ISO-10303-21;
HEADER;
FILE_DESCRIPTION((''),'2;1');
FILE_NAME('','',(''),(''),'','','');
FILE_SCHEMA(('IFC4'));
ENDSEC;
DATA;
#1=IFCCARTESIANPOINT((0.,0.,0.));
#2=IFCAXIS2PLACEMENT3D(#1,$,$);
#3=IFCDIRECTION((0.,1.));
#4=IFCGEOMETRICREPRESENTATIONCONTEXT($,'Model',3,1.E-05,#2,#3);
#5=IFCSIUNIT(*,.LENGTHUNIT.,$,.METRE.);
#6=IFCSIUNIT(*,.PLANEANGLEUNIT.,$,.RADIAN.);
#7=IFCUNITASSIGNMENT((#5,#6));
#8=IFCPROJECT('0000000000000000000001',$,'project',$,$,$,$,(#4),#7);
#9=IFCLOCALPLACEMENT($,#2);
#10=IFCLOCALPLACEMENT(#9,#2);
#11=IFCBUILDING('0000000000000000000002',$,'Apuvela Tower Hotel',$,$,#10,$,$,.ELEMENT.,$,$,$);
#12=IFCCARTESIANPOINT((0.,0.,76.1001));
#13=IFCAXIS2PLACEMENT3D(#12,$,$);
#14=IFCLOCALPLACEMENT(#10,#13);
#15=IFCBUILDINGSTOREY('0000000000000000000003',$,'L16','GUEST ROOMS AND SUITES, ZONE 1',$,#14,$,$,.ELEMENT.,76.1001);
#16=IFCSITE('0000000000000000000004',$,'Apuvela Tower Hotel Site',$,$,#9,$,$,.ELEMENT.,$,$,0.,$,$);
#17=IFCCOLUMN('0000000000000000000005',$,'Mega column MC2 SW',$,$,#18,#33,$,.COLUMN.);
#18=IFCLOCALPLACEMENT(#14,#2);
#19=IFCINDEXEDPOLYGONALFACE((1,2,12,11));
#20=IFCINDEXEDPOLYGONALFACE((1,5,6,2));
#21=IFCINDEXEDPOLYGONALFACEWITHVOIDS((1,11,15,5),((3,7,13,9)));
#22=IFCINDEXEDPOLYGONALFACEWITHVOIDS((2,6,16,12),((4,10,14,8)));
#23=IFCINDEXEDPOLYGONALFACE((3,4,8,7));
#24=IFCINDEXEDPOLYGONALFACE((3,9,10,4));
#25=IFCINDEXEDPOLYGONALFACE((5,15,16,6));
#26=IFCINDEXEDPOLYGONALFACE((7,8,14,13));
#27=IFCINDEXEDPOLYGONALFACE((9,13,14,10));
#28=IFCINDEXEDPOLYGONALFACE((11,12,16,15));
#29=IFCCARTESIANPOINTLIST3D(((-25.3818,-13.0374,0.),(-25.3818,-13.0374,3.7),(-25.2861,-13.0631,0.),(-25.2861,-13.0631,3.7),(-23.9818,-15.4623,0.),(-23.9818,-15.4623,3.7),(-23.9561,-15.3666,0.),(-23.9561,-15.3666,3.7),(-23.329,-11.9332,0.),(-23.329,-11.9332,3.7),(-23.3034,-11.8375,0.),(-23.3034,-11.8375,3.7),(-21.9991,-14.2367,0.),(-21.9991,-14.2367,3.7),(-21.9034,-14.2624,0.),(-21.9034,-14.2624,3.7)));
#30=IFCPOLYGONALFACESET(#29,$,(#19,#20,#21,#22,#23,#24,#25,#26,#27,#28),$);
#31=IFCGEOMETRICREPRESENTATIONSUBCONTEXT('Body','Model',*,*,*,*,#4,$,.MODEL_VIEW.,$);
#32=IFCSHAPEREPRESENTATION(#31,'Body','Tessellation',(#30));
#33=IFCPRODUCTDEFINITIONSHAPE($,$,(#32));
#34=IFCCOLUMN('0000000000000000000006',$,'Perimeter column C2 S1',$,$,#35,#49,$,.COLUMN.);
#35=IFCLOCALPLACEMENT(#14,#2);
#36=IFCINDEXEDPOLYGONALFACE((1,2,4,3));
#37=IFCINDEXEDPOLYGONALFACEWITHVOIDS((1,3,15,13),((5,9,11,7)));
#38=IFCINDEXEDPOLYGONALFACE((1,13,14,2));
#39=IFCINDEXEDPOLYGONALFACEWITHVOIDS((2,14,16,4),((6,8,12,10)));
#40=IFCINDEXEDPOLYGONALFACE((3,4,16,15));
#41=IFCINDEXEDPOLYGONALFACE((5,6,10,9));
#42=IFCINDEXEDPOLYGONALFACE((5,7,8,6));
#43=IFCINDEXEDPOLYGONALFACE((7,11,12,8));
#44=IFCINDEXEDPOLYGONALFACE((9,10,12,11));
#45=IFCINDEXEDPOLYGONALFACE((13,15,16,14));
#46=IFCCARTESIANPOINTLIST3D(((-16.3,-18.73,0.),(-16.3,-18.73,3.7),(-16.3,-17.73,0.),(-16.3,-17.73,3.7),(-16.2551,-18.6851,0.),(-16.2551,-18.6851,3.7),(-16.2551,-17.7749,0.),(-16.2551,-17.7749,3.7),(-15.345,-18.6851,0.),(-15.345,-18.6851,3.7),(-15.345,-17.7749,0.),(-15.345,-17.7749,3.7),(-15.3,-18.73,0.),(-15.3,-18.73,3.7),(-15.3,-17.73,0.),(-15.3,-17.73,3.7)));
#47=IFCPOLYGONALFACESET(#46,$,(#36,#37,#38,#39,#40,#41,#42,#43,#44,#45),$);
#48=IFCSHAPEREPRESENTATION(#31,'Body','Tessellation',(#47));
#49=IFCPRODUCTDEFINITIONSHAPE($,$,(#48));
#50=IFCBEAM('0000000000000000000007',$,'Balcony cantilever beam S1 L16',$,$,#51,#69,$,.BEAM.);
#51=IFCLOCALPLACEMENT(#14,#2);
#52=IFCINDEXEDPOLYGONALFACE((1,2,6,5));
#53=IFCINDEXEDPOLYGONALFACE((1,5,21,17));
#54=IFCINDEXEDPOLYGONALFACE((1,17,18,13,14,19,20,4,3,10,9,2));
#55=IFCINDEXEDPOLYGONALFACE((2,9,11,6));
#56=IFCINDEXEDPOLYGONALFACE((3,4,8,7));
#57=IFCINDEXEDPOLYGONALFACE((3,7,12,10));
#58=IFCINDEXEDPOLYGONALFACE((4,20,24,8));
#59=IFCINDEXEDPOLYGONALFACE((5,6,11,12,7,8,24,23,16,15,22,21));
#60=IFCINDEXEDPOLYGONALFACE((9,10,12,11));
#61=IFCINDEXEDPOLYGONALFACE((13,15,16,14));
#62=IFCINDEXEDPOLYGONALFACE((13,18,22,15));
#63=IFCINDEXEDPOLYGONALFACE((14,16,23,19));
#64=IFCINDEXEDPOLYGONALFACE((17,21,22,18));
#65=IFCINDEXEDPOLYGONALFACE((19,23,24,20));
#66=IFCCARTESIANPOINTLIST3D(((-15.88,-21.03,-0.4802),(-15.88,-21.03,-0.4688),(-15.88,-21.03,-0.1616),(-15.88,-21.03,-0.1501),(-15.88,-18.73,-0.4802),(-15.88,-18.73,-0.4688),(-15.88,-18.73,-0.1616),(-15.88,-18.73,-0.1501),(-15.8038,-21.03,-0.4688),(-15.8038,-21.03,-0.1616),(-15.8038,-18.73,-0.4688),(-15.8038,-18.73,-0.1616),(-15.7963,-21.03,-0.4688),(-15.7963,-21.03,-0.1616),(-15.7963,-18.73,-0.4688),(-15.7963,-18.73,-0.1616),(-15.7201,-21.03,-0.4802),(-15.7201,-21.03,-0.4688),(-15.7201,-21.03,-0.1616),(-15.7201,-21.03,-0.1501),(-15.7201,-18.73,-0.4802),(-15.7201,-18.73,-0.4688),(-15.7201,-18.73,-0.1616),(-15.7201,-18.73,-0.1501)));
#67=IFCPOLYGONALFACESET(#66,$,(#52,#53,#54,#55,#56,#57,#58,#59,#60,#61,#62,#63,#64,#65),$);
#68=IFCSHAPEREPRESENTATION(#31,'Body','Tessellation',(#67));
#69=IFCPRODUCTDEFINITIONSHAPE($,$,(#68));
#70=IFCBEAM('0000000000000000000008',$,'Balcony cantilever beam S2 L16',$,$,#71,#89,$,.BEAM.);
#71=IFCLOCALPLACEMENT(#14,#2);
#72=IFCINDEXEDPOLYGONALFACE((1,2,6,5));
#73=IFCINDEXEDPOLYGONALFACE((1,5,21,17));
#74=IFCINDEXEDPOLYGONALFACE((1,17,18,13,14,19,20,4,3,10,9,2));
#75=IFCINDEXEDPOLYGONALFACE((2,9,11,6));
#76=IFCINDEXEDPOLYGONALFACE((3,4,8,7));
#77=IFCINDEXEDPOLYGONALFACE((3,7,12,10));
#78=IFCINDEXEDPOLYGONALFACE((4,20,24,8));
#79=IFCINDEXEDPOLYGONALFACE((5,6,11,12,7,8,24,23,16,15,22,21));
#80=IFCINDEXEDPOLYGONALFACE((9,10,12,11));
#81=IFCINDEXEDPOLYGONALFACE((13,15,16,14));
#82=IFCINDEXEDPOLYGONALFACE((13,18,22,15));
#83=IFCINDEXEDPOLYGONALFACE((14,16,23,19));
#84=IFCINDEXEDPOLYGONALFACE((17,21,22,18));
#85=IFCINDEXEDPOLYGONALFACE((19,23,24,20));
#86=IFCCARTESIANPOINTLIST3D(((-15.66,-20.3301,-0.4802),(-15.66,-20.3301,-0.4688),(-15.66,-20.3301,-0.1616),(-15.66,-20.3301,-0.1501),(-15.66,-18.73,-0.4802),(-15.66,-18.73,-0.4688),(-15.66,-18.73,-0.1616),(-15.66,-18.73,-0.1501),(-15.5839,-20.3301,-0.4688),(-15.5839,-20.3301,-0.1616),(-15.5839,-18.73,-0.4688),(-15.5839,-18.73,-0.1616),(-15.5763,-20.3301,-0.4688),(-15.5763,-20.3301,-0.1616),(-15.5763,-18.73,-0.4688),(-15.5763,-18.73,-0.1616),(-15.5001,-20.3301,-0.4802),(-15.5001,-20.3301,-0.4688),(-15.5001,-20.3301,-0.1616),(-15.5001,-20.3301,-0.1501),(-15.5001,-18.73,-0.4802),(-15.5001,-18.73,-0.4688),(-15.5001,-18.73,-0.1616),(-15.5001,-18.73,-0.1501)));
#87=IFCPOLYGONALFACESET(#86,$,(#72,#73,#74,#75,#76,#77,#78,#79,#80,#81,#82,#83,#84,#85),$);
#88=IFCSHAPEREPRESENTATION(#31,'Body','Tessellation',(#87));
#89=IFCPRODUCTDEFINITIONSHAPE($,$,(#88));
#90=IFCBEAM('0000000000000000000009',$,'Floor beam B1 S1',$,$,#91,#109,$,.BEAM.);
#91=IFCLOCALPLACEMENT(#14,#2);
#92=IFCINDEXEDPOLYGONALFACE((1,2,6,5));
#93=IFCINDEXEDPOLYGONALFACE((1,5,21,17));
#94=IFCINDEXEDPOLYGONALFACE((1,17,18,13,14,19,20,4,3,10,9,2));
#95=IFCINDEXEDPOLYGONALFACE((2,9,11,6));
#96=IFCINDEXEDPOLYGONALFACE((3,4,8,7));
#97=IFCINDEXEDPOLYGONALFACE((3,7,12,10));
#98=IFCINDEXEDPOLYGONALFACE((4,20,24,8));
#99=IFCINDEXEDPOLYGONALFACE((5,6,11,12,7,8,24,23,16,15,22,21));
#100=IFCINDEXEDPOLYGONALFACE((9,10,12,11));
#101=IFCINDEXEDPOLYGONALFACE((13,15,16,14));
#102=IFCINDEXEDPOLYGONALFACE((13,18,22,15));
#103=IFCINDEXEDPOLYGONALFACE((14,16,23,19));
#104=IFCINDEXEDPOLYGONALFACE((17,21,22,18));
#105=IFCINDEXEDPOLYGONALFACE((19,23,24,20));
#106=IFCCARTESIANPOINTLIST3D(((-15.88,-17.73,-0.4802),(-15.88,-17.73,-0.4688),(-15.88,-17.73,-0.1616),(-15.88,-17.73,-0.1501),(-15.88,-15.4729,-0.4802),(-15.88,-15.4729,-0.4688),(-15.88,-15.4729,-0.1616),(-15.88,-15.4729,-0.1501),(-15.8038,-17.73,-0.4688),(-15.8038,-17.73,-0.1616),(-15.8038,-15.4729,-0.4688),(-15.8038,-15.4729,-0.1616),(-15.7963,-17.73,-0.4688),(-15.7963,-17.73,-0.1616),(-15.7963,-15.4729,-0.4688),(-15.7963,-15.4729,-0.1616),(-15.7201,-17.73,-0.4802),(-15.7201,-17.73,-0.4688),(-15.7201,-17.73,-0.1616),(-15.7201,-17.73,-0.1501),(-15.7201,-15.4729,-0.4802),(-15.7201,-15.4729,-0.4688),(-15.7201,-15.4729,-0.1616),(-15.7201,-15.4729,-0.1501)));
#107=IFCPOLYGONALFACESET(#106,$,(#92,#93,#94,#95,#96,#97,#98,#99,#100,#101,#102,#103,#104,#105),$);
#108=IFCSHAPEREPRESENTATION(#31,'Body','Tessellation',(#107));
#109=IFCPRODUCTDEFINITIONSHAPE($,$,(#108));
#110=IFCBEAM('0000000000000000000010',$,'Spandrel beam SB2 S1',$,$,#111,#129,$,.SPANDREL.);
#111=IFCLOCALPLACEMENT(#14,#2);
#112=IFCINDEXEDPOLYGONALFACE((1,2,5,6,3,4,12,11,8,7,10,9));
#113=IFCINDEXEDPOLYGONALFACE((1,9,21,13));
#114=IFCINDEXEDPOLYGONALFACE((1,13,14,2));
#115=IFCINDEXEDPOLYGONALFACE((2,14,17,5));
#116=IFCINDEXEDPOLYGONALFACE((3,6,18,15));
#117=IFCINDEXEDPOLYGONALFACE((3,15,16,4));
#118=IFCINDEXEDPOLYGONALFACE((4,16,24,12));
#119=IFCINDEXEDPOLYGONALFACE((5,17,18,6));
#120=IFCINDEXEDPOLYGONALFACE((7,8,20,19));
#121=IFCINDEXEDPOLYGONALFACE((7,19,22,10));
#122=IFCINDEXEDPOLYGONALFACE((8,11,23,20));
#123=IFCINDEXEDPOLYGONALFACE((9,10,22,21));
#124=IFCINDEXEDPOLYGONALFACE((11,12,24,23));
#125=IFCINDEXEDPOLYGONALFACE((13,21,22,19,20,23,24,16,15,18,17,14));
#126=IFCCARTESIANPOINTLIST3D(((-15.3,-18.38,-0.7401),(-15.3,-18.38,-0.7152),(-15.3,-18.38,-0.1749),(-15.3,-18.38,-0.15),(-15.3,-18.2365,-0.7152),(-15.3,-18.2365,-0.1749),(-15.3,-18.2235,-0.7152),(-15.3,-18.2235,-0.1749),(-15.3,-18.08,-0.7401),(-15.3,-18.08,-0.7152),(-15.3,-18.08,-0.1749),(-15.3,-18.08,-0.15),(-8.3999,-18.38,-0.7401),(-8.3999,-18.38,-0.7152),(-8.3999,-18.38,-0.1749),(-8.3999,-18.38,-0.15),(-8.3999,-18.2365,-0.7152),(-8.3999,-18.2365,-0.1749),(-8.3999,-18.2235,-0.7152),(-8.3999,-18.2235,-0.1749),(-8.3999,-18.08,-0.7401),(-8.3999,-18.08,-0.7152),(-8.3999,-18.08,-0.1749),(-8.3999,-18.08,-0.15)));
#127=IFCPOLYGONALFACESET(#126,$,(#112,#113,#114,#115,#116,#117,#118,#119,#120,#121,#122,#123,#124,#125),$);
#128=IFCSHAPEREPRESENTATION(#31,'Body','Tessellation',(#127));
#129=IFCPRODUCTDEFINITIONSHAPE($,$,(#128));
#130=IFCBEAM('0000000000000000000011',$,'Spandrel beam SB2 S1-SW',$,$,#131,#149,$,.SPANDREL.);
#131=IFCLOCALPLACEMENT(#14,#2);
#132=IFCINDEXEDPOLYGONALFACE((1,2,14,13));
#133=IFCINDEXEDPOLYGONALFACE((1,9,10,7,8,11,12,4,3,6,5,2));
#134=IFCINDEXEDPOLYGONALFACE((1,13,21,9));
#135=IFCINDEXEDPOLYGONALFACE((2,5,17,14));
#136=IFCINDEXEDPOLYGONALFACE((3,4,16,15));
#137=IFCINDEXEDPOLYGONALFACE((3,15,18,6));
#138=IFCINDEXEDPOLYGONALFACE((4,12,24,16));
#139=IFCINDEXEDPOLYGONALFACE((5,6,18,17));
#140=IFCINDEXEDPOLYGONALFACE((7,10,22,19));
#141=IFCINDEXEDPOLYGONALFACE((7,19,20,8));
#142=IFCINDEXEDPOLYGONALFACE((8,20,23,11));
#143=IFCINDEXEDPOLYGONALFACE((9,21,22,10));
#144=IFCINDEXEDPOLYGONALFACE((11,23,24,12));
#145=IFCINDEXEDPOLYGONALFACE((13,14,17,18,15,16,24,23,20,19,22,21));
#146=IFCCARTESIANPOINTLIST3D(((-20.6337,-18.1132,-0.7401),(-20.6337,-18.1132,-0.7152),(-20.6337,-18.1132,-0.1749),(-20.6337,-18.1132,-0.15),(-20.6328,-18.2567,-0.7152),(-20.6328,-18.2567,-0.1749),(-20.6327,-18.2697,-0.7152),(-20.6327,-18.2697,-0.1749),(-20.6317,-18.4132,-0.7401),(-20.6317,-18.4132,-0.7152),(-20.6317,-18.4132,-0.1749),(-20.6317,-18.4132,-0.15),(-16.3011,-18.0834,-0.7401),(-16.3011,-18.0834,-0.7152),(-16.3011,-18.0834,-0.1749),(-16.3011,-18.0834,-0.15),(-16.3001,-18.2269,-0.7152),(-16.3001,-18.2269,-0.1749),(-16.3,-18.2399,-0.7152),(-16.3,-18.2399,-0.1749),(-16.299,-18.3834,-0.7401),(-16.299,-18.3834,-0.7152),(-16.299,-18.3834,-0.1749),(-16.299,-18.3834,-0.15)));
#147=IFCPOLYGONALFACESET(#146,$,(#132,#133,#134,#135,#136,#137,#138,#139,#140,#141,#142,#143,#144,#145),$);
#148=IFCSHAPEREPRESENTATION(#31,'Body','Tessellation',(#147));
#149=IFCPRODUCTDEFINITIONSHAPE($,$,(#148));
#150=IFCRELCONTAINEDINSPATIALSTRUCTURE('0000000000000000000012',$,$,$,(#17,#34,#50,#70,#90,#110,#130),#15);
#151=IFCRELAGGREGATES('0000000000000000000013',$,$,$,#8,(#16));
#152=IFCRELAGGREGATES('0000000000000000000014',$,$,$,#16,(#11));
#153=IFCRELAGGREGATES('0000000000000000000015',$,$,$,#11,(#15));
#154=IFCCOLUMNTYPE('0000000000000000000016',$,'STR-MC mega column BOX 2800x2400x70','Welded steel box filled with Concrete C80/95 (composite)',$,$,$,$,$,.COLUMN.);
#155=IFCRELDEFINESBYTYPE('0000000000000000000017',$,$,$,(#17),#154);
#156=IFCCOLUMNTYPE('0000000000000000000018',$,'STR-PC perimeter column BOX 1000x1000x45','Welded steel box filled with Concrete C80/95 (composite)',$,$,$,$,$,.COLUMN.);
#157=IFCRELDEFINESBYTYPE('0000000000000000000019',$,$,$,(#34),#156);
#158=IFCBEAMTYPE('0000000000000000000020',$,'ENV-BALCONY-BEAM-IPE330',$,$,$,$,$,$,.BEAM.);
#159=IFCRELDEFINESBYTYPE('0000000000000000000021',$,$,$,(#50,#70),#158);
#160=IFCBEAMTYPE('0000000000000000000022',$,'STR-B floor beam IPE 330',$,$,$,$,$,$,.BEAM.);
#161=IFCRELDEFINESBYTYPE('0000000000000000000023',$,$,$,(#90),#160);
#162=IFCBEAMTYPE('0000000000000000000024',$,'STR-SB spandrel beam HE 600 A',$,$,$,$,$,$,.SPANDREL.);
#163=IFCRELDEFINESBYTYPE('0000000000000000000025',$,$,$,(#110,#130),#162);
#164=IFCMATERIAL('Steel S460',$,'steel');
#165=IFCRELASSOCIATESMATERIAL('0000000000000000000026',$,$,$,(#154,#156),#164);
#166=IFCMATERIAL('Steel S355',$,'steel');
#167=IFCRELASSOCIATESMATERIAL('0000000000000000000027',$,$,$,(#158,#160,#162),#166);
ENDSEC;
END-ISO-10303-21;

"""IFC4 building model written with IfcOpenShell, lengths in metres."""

from ifc_helpers import new_model, si_unit, direction, frame, origin, origin_2d, place, context, subcontext, project, spatial, rectangle, hollow_rectangle, i_section, extrude, material, material_profile, profile_set, type_object, element, save


model = new_model("IFC4")

# Units and contexts
model_context = context("Model", 3, precision=1e-05, world=origin(), true_north=direction((0.0, 1.0)))
body_context = subcontext(model_context, "Body", "Model", "MODEL_VIEW")
ifc_project = project(units=[si_unit("LENGTHUNIT", "METRE"), si_unit("PLANEANGLEUNIT", "RADIAN")], contexts=[model_context])

# Site, building, storey
site_placement = place(None, origin())
site = spatial("IfcSite", under=ifc_project, at=site_placement, Name="Apuvela Tower Hotel Site", CompositionType="ELEMENT", RefElevation=0.0)
building_placement = place(site_placement, origin())
building = spatial("IfcBuilding", under=site, at=building_placement, Name="Apuvela Tower Hotel", CompositionType="ELEMENT")
storey_placement = place(building_placement, frame((0.0, 0.0, 76.1001)))
storey = spatial("IfcBuildingStorey", under=building, at=storey_placement, Name="L16", Description="GUEST ROOMS AND SUITES, ZONE 1", CompositionType="ELEMENT", Elevation=76.1001)

# Columns
ifc_material_1 = material(Name="Steel S460", Category="steel")
ifc_material_profile_1 = material_profile(ifc_material_1, hollow_rectangle(XDim=2.8, YDim=2.3999, WallThickness=0.0701, at=origin_2d()), Name="BOX 2800x2400x70")
ifc_material_2 = material(Name="Concrete C80/95", Category="concrete")
ifc_material_profile_2 = material_profile(ifc_material_2, rectangle(XDim=2.6599, YDim=2.26, at=origin_2d()), Name="Concrete C80/95 infill")
ifc_profile_set_1 = profile_set([ifc_material_profile_1, ifc_material_profile_2], Name="Steel S460")
column_type_1 = type_object("IfcColumnType", Name="STR-MC mega column BOX 2800x2400x70", Description="Welded steel box filled with Concrete C80/95 (composite)", PredefinedType="COLUMN", material=ifc_profile_set_1)
column_1_placement = place(storey_placement, frame((-23.6426, -13.6499, 0.0), z_axis=(0.0, 0.0, 1.0), x_axis=(-0.5, 0.866025, 0.0)))
element("IfcColumn", 1, at=column_1_placement, inside=storey, type_object=column_type_1, Name="Mega column MC2 SW", PredefinedType="COLUMN", context=body_context, shape_type="SweptSolid", body=[
    extrude(hollow_rectangle(XDim=2.8, YDim=2.3999, WallThickness=0.0701, at=origin_2d()), origin(), (0.0, 0.0, 1.0), 3.7),
])
ifc_material_profile_3 = material_profile(ifc_material_1, hollow_rectangle(XDim=1.0, YDim=1.0, WallThickness=0.0449, at=origin_2d()), Name="BOX 1000x1000x45")
ifc_material_profile_4 = material_profile(ifc_material_2, rectangle(XDim=0.9099, YDim=0.9099, at=origin_2d()), Name="Concrete C80/95 infill")
ifc_profile_set_2 = profile_set([ifc_material_profile_3, ifc_material_profile_4], Name="Steel S460")
column_type_2 = type_object("IfcColumnType", Name="STR-PC perimeter column BOX 1000x1000x45", Description="Welded steel box filled with Concrete C80/95 (composite)", PredefinedType="COLUMN", material=ifc_profile_set_2)
column_2_placement = place(storey_placement, frame((-15.8, -18.23, 0.0), z_axis=(0.0, 0.0, 1.0), x_axis=(-1.0, 0.0, 0.0)))
element("IfcColumn", 2, at=column_2_placement, inside=storey, type_object=column_type_2, Name="Perimeter column C2 S1", PredefinedType="COLUMN", context=body_context, shape_type="SweptSolid", body=[
    extrude(hollow_rectangle(XDim=1.0, YDim=1.0, WallThickness=0.0449, at=origin_2d()), origin(), (0.0, 0.0, 1.0), 3.7),
])

# Beams
ifc_material_3 = material(Name="Steel S355", Category="steel")
ifc_material_profile_5 = material_profile(ifc_material_3, i_section(OverallWidth=0.1599, OverallDepth=0.3301, WebThickness=0.0076, FlangeThickness=0.0115, at=origin_2d()), Name="IPE 330")
ifc_profile_set_3 = profile_set([ifc_material_profile_5], Name="Steel S355")
beam_type_1 = type_object("IfcBeamType", Name="ENV-BALCONY-BEAM-IPE330", PredefinedType="BEAM", material=ifc_profile_set_3)
beam_1_placement = place(storey_placement, frame((-15.8, -18.73, -0.3152), z_axis=(0.0, -1.0, 0.0), x_axis=(1.0, 0.0, 0.0)))
element("IfcBeam", 3, at=beam_1_placement, inside=storey, type_object=beam_type_1, Name="Balcony cantilever beam S1 L16", PredefinedType="BEAM", context=body_context, shape_type="SweptSolid", body=[
    extrude(i_section(OverallWidth=0.1599, OverallDepth=0.3301, WebThickness=0.0076, FlangeThickness=0.0115, at=origin_2d()), origin(), (0.0, 0.0, 1.0), 2.3),
])
beam_2_placement = place(storey_placement, frame((-15.5801, -18.73, -0.3152), z_axis=(0.0, -1.0, 0.0), x_axis=(1.0, 0.0, 0.0)))
element("IfcBeam", 4, at=beam_2_placement, inside=storey, type_object=beam_type_1, Name="Balcony cantilever beam S2 L16", PredefinedType="BEAM", context=body_context, shape_type="SweptSolid", body=[
    extrude(i_section(OverallWidth=0.1599, OverallDepth=0.3301, WebThickness=0.0076, FlangeThickness=0.0115, at=origin_2d()), origin(), (0.0, 0.0, 1.0), 1.6001),
])
ifc_material_profile_6 = material_profile(ifc_material_3, i_section(OverallWidth=0.1599, OverallDepth=0.3301, WebThickness=0.0076, FlangeThickness=0.0115, at=origin_2d()), Name="IPE 330")
ifc_profile_set_4 = profile_set([ifc_material_profile_6], Name="Steel S355")
beam_type_2 = type_object("IfcBeamType", Name="STR-B floor beam IPE 330", PredefinedType="BEAM", material=ifc_profile_set_4)
beam_3_placement = place(storey_placement, frame((-15.8, -17.73, -0.3152), z_axis=(0.0, 1.0, 0.0), x_axis=(-1.0, 0.0, 0.0)))
element("IfcBeam", 5, at=beam_3_placement, inside=storey, type_object=beam_type_2, Name="Floor beam B1 S1", PredefinedType="BEAM", context=body_context, shape_type="SweptSolid", body=[
    extrude(i_section(OverallWidth=0.1599, OverallDepth=0.3301, WebThickness=0.0076, FlangeThickness=0.0115, at=origin_2d()), origin(), (0.0, 0.0, 1.0), 2.2571),
])
ifc_material_profile_7 = material_profile(ifc_material_3, i_section(OverallWidth=0.3, OverallDepth=0.5901, WebThickness=0.0129, FlangeThickness=0.0249, at=origin_2d()), Name="HE 600 A")
ifc_profile_set_5 = profile_set([ifc_material_profile_7], Name="Steel S355")
beam_type_3 = type_object("IfcBeamType", Name="STR-SB spandrel beam HE 600 A", PredefinedType="SPANDREL", material=ifc_profile_set_5)
beam_4_placement = place(storey_placement, frame((-15.3, -18.23, -0.4451), z_axis=(1.0, 0.0, 0.0), x_axis=(0.0, 1.0, 0.0)))
element("IfcBeam", 6, at=beam_4_placement, inside=storey, type_object=beam_type_3, Name="Spandrel beam SB2 S1", PredefinedType="SPANDREL", context=body_context, shape_type="SweptSolid", body=[
    extrude(i_section(OverallWidth=0.3, OverallDepth=0.5901, WebThickness=0.0129, FlangeThickness=0.0249, at=origin_2d()), origin(), (0.0, 0.0, 1.0), 6.9001),
])
beam_5_placement = place(storey_placement, frame((-16.3, -18.2334, -0.4451), z_axis=(-0.999976, -0.006874, 0.0), x_axis=(0.006874, -0.999976, 0.0)))
element("IfcBeam", 7, at=beam_5_placement, inside=storey, type_object=beam_type_3, Name="Spandrel beam SB2 S1-SW", PredefinedType="SPANDREL", context=body_context, shape_type="SweptSolid", body=[
    extrude(i_section(OverallWidth=0.3, OverallDepth=0.5901, WebThickness=0.0129, FlangeThickness=0.0249, at=origin_2d()), origin(), (0.0, 0.0, 1.0), 4.3328),
])

save(model, "model.ifc")
